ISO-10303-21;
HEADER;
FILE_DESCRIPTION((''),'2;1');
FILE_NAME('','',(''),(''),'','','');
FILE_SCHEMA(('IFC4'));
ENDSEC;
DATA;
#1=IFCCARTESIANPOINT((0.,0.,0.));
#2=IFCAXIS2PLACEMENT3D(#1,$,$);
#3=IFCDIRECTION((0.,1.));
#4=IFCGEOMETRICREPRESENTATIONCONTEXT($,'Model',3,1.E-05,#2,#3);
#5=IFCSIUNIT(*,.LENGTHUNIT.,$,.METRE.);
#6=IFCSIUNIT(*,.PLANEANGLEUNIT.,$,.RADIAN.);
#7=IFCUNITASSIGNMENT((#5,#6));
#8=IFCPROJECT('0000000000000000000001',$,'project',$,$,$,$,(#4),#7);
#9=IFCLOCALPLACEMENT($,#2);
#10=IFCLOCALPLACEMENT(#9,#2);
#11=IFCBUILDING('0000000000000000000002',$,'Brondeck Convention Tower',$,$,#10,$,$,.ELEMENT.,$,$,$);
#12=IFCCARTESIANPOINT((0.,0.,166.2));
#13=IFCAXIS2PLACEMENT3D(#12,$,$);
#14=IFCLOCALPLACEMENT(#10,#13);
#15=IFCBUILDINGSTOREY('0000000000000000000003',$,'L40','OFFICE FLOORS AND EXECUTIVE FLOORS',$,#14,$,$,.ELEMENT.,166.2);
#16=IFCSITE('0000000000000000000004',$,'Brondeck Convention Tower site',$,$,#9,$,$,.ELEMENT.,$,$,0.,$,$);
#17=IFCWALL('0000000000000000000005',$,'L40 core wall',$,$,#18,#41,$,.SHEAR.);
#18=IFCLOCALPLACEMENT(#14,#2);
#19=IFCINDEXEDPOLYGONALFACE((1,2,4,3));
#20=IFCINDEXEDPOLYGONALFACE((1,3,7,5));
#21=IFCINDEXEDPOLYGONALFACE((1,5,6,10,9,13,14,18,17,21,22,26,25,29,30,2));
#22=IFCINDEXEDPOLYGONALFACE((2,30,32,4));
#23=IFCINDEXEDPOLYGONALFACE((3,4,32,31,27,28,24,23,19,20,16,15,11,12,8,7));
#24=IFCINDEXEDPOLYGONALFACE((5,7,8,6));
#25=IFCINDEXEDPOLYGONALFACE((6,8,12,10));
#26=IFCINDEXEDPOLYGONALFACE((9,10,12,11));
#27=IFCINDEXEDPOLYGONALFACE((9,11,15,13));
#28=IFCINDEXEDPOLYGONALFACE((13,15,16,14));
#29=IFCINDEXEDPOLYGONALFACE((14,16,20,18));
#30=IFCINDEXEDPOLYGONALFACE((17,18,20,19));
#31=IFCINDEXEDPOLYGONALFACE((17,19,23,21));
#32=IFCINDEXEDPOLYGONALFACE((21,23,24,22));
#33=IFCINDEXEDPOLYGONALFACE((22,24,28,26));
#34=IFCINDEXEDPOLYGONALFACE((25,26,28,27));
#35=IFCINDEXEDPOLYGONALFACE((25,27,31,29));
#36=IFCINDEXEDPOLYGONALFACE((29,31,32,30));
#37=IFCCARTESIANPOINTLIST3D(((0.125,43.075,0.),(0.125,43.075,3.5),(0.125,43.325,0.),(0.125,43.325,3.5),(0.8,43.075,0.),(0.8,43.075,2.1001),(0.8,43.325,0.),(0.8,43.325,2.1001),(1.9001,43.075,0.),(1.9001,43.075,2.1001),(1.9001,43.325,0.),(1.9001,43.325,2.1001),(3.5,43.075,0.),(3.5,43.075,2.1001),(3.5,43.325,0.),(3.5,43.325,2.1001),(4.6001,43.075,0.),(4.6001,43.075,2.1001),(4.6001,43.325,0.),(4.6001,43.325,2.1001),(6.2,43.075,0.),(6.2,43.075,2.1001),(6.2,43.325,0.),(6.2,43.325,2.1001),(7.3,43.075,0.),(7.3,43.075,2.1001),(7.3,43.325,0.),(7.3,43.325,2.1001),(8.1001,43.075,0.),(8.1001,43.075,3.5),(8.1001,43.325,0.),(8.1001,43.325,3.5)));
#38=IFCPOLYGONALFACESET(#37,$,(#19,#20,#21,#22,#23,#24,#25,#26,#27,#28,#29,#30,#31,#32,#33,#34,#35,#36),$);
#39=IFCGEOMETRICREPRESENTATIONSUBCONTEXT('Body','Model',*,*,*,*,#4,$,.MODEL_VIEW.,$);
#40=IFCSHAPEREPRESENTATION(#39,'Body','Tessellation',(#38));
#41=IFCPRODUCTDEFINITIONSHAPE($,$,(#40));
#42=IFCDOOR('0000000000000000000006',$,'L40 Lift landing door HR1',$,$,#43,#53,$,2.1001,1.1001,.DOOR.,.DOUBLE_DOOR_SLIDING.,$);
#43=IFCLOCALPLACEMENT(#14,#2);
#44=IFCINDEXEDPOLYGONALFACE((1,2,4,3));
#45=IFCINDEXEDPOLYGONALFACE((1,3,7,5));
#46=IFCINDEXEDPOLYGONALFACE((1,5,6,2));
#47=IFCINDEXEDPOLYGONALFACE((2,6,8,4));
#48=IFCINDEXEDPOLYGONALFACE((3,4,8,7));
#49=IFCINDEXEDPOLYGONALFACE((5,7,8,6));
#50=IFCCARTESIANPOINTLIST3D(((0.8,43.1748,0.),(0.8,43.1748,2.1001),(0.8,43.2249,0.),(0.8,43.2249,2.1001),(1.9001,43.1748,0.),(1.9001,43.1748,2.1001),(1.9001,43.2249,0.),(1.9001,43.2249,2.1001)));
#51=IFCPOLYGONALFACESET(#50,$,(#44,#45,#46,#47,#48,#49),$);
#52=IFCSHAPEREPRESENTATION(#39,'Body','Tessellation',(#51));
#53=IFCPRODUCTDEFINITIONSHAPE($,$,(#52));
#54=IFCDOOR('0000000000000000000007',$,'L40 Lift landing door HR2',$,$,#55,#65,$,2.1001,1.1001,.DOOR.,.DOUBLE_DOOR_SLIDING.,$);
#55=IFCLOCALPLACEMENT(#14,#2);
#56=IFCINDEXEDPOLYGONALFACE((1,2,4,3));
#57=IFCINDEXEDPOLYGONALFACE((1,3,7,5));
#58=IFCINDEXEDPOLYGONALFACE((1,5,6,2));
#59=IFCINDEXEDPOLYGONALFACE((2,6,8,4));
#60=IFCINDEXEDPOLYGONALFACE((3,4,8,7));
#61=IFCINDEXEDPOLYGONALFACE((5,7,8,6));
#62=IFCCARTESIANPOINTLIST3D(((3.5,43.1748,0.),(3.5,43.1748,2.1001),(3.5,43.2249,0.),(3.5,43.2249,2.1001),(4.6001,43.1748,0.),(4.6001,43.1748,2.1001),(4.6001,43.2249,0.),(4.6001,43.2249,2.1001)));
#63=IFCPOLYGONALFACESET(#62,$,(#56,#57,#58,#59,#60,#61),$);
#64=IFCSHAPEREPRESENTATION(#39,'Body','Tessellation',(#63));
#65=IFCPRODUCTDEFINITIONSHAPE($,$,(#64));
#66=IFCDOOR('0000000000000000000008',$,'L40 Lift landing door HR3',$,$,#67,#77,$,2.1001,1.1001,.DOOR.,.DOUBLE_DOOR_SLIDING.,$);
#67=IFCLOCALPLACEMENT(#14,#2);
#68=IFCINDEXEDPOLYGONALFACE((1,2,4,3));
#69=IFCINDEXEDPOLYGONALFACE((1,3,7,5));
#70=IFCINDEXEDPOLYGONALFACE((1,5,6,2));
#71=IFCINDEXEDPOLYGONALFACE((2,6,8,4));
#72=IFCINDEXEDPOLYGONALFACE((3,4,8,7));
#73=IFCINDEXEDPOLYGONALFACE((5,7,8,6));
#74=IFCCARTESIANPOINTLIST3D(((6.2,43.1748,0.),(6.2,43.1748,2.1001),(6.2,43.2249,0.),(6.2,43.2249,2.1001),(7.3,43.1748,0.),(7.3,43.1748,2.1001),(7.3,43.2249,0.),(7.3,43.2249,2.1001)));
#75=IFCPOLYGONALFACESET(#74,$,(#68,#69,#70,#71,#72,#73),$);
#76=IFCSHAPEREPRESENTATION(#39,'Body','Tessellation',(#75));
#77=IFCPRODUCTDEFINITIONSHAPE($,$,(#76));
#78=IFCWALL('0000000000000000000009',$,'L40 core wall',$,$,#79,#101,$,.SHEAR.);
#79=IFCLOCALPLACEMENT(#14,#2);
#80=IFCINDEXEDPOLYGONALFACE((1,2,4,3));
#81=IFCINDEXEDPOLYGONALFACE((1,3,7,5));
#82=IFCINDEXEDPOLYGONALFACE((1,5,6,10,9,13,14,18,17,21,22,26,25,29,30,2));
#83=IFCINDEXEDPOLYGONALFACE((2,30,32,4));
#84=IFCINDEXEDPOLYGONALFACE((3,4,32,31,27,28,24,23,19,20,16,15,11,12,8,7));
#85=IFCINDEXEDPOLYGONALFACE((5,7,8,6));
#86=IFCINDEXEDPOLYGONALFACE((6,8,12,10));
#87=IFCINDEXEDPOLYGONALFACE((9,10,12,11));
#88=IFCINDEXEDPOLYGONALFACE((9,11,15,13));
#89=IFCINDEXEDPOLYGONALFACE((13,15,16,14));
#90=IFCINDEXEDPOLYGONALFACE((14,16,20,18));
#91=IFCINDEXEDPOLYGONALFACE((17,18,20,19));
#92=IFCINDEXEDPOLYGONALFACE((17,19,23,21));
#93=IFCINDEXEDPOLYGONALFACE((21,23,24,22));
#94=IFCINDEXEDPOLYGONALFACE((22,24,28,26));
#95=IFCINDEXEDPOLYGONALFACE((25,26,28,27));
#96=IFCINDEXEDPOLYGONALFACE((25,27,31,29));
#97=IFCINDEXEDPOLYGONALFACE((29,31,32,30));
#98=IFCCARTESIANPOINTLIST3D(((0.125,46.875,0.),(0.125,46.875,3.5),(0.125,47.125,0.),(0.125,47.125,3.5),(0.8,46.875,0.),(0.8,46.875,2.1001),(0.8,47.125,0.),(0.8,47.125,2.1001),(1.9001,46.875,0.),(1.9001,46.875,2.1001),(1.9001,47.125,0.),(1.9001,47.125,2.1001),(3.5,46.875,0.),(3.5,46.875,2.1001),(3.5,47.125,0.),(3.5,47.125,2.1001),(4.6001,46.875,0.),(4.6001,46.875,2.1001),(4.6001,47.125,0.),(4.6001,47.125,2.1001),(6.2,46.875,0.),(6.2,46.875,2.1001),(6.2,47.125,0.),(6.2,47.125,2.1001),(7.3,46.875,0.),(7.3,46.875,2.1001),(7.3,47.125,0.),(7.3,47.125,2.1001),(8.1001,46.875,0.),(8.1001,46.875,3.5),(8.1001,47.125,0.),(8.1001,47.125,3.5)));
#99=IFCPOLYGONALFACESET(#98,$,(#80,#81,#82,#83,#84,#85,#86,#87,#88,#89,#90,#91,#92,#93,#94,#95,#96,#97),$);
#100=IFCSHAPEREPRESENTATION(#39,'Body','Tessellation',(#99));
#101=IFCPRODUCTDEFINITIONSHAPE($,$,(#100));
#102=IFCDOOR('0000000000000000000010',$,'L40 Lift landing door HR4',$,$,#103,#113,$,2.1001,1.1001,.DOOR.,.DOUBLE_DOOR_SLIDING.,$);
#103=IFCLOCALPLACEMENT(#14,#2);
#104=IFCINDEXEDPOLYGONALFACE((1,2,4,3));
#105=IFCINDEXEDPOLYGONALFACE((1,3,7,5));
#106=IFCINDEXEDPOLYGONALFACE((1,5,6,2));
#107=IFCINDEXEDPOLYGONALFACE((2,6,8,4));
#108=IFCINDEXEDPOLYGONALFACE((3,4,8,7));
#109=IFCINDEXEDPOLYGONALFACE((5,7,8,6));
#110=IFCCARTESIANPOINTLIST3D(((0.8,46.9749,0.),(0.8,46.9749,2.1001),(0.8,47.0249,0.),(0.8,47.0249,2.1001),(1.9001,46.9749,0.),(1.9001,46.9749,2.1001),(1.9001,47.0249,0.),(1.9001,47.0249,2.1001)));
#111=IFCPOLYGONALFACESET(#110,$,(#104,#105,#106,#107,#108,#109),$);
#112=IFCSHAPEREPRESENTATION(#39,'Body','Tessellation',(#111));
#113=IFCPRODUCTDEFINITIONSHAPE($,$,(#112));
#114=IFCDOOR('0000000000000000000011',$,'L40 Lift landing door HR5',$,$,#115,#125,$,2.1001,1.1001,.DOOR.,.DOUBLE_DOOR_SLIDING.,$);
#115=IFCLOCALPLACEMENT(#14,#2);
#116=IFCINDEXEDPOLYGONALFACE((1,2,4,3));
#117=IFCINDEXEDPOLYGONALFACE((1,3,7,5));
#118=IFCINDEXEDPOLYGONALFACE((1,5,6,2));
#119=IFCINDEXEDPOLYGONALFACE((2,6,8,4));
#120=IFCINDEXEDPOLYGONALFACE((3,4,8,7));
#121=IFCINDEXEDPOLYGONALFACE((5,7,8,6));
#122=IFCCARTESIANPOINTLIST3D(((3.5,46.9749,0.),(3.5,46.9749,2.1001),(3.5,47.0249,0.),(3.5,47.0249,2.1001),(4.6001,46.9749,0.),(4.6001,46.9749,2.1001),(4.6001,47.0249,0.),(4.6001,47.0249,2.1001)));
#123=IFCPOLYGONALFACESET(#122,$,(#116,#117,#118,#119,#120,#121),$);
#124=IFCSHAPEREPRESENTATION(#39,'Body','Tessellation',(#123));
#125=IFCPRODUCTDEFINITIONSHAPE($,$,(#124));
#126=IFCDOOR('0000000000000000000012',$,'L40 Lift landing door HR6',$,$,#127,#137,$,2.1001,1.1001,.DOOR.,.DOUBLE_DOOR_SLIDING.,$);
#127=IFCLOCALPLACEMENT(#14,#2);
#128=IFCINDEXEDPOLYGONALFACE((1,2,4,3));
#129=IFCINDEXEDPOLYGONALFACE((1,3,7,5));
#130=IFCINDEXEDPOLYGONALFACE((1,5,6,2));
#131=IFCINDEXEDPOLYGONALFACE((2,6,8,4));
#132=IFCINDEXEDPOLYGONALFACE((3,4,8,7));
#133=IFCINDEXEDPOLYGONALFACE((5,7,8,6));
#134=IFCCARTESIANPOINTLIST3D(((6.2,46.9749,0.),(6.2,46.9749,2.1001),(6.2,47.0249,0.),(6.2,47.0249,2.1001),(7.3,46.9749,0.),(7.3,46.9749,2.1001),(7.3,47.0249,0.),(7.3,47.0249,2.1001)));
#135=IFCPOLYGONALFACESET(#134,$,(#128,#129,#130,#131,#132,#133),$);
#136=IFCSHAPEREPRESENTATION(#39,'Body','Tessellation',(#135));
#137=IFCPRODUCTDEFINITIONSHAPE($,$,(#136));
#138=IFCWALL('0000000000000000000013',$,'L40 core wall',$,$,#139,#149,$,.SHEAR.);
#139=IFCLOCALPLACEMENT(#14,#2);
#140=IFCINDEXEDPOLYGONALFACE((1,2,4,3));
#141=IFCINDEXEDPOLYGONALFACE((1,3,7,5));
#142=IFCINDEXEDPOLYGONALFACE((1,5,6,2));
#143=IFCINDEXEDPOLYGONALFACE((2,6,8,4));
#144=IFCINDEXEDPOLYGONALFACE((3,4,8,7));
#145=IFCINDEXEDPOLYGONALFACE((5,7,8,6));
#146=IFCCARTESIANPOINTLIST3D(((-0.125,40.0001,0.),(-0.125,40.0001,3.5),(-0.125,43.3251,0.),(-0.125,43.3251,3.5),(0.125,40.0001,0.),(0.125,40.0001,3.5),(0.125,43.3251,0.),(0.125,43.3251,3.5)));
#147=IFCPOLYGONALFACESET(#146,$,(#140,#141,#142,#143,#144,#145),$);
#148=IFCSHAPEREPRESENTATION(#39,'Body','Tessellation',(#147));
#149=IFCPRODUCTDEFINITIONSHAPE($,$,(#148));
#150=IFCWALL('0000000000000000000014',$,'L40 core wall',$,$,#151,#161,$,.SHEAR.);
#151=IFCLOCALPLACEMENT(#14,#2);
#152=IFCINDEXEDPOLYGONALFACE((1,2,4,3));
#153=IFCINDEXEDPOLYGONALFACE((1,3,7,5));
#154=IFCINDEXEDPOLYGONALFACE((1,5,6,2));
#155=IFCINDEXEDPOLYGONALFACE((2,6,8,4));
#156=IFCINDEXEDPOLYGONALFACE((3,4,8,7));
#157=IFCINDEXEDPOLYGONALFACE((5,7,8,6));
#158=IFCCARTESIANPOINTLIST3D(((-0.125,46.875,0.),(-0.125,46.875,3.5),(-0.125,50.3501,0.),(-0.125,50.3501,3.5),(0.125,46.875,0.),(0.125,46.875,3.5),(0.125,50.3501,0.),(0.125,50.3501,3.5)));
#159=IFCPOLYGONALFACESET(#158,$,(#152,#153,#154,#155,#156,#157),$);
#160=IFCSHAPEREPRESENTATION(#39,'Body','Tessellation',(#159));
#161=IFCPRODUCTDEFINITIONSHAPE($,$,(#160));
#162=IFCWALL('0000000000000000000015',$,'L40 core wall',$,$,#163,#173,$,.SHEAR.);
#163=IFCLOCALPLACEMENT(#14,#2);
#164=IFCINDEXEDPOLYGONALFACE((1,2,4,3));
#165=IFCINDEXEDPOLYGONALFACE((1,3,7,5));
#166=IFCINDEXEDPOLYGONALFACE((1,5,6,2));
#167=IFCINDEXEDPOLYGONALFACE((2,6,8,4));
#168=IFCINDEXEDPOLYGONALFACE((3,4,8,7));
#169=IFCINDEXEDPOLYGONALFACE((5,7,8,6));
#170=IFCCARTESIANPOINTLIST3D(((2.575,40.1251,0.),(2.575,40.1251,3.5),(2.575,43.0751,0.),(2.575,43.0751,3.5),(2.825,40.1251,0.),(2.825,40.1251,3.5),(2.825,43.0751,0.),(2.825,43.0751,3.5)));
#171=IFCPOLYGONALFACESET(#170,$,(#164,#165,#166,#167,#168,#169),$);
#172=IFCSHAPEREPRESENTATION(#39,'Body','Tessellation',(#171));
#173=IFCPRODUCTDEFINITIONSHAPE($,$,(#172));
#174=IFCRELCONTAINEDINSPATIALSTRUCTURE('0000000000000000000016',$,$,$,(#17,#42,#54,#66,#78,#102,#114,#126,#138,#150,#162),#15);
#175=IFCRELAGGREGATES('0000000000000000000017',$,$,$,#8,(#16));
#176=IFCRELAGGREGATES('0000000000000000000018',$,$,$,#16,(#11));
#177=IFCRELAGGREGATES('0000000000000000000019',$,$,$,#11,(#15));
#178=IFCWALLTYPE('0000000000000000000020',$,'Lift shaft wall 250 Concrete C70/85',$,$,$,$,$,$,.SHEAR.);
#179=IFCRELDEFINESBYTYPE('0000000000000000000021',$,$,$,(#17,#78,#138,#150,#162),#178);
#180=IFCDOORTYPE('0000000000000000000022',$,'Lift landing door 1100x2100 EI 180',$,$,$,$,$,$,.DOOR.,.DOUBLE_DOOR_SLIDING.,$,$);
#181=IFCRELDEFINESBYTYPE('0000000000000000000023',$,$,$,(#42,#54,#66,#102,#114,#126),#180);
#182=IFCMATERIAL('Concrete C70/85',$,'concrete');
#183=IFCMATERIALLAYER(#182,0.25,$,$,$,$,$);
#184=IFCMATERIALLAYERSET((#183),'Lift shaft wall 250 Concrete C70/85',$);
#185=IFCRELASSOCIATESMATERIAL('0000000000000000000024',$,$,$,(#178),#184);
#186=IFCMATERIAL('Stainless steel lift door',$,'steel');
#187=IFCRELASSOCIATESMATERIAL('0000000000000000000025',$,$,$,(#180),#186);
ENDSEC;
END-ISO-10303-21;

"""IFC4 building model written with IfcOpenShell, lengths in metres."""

from ifc_helpers import new_model, si_unit, direction, frame, frame_2d, origin, place, context, subcontext, project, spatial, rectangle, extrude, material, layer, layer_set, type_object, element, fill, save


model = new_model("IFC4")

# Units and contexts
model_context = context("Model", 3, precision=1e-05, world=origin(), true_north=direction((0.0, 1.0)))
body_context = subcontext(model_context, "Body", "Model", "MODEL_VIEW")
ifc_project = project(units=[si_unit("LENGTHUNIT", "METRE"), si_unit("PLANEANGLEUNIT", "RADIAN")], contexts=[model_context])

# Site, building, storey
site_placement = place(None, origin())
site = spatial("IfcSite", under=ifc_project, at=site_placement, Name="Brondeck Convention Tower site", CompositionType="ELEMENT", RefElevation=0.0)
building_placement = place(site_placement, origin())
building = spatial("IfcBuilding", under=site, at=building_placement, Name="Brondeck Convention Tower", CompositionType="ELEMENT")
storey_placement = place(building_placement, frame((0.0, 0.0, 166.2)))
storey = spatial("IfcBuildingStorey", under=building, at=storey_placement, Name="L40", Description="OFFICE FLOORS AND EXECUTIVE FLOORS", CompositionType="ELEMENT", Elevation=166.2)

# Shared definitions
ifc_material_1 = material(Name="Concrete C70/85", Category="concrete")

# Shared definitions
ifc_layer_1 = layer(ifc_material_1, 0.25)
ifc_layer_set_1 = layer_set([ifc_layer_1], Name="Lift shaft wall 250 Concrete C70/85")
wall_type_1 = type_object("IfcWallType", Name="Lift shaft wall 250 Concrete C70/85", PredefinedType="SHEAR", material=ifc_layer_set_1)

# Walls, openings, doors
wall_1_placement = place(storey_placement, frame((0.125, 43.2, 0.0), z_axis=(0.0, 0.0, 1.0), x_axis=(1.0, 0.0, 0.0)))
wall_1 = element("IfcWall", 1, at=wall_1_placement, inside=storey, type_object=wall_type_1, Name="L40 core wall", PredefinedType="SHEAR", context=body_context, shape_type="SweptSolid", body=[
    extrude(rectangle(XDim=7.9751, YDim=0.25, at=frame_2d((3.9875, 0.0))), origin(), (0.0, 0.0, 1.0), 3.5),
])
opening_1_placement = place(wall_1_placement, frame((0.675, 0.0, 0.0)))
opening_1 = element("IfcOpeningElement", 2, at=opening_1_placement, cuts=wall_1, PredefinedType="OPENING", context=body_context, shape_type="SweptSolid", body=[
    extrude(rectangle(XDim=1.1001, YDim=2.1001, at=frame_2d((0.55, 1.05))), frame((0.0, 0.135, 0.0), z_axis=(0.0, -1.0, 0.0), x_axis=(1.0, 0.0, 0.0)), (0.0, 0.0, 1.0), 0.27),
])
opening_2_placement = place(wall_1_placement, frame((3.375, 0.0, 0.0)))
opening_2 = element("IfcOpeningElement", 3, at=opening_2_placement, cuts=wall_1, PredefinedType="OPENING", context=body_context, shape_type="SweptSolid", body=[
    extrude(rectangle(XDim=1.1001, YDim=2.1001, at=frame_2d((0.55, 1.05))), frame((0.0, 0.135, 0.0), z_axis=(0.0, -1.0, 0.0), x_axis=(1.0, 0.0, 0.0)), (0.0, 0.0, 1.0), 0.27),
])
opening_3_placement = place(wall_1_placement, frame((6.075, 0.0, 0.0)))
opening_3 = element("IfcOpeningElement", 4, at=opening_3_placement, cuts=wall_1, PredefinedType="OPENING", context=body_context, shape_type="SweptSolid", body=[
    extrude(rectangle(XDim=1.1001, YDim=2.1001, at=frame_2d((0.55, 1.05))), frame((0.0, 0.135, 0.0), z_axis=(0.0, -1.0, 0.0), x_axis=(1.0, 0.0, 0.0)), (0.0, 0.0, 1.0), 0.27),
])
ifc_material_2 = material(Name="Stainless steel lift door", Category="steel")
door_type_1 = type_object("IfcDoorType", Name="Lift landing door 1100x2100 EI 180", OperationType="DOUBLE_DOOR_SLIDING", PredefinedType="DOOR", material=ifc_material_2)
door_1_placement = place(opening_1_placement, origin())
door_1 = element("IfcDoor", 5, at=door_1_placement, inside=storey, type_object=door_type_1, Name="L40 Lift landing door HR1", OperationType="DOUBLE_DOOR_SLIDING", OverallHeight=2.1001, OverallWidth=1.1001, PredefinedType="DOOR", context=body_context, shape_type="SweptSolid", body=[
    extrude(rectangle(XDim=1.1001, YDim=2.1001, at=frame_2d((0.55, 1.05))), frame((0.0, 0.0249, 0.0), z_axis=(0.0, -1.0, 0.0), x_axis=(1.0, 0.0, 0.0)), (0.0, 0.0, 1.0), 0.05),
])
fill(opening_1, door_1)
door_2_placement = place(opening_2_placement, origin())
door_2 = element("IfcDoor", 6, at=door_2_placement, inside=storey, type_object=door_type_1, Name="L40 Lift landing door HR2", OperationType="DOUBLE_DOOR_SLIDING", OverallHeight=2.1001, OverallWidth=1.1001, PredefinedType="DOOR", context=body_context, shape_type="SweptSolid", body=[
    extrude(rectangle(XDim=1.1001, YDim=2.1001, at=frame_2d((0.55, 1.05))), frame((0.0, 0.0249, 0.0), z_axis=(0.0, -1.0, 0.0), x_axis=(1.0, 0.0, 0.0)), (0.0, 0.0, 1.0), 0.05),
])
fill(opening_2, door_2)
door_3_placement = place(opening_3_placement, origin())
door_3 = element("IfcDoor", 7, at=door_3_placement, inside=storey, type_object=door_type_1, Name="L40 Lift landing door HR3", OperationType="DOUBLE_DOOR_SLIDING", OverallHeight=2.1001, OverallWidth=1.1001, PredefinedType="DOOR", context=body_context, shape_type="SweptSolid", body=[
    extrude(rectangle(XDim=1.1001, YDim=2.1001, at=frame_2d((0.55, 1.05))), frame((0.0, 0.0249, 0.0), z_axis=(0.0, -1.0, 0.0), x_axis=(1.0, 0.0, 0.0)), (0.0, 0.0, 1.0), 0.05),
])
fill(opening_3, door_3)
wall_2_placement = place(storey_placement, frame((0.125, 47.0, 0.0), z_axis=(0.0, 0.0, 1.0), x_axis=(1.0, 0.0, 0.0)))
wall_2 = element("IfcWall", 8, at=wall_2_placement, inside=storey, type_object=wall_type_1, Name="L40 core wall", PredefinedType="SHEAR", context=body_context, shape_type="SweptSolid", body=[
    extrude(rectangle(XDim=7.9751, YDim=0.25, at=frame_2d((3.9875, 0.0))), origin(), (0.0, 0.0, 1.0), 3.5),
])
opening_4_placement = place(wall_2_placement, frame((0.675, 0.0, 0.0)))
opening_4 = element("IfcOpeningElement", 9, at=opening_4_placement, cuts=wall_2, PredefinedType="OPENING", context=body_context, shape_type="SweptSolid", body=[
    extrude(rectangle(XDim=1.1001, YDim=2.1001, at=frame_2d((0.55, 1.05))), frame((0.0, 0.135, 0.0), z_axis=(0.0, -1.0, 0.0), x_axis=(1.0, 0.0, 0.0)), (0.0, 0.0, 1.0), 0.27),
])
opening_5_placement = place(wall_2_placement, frame((3.375, 0.0, 0.0)))
opening_5 = element("IfcOpeningElement", 10, at=opening_5_placement, cuts=wall_2, PredefinedType="OPENING", context=body_context, shape_type="SweptSolid", body=[
    extrude(rectangle(XDim=1.1001, YDim=2.1001, at=frame_2d((0.55, 1.05))), frame((0.0, 0.135, 0.0), z_axis=(0.0, -1.0, 0.0), x_axis=(1.0, 0.0, 0.0)), (0.0, 0.0, 1.0), 0.27),
])
opening_6_placement = place(wall_2_placement, frame((6.075, 0.0, 0.0)))
opening_6 = element("IfcOpeningElement", 11, at=opening_6_placement, cuts=wall_2, PredefinedType="OPENING", context=body_context, shape_type="SweptSolid", body=[
    extrude(rectangle(XDim=1.1001, YDim=2.1001, at=frame_2d((0.55, 1.05))), frame((0.0, 0.135, 0.0), z_axis=(0.0, -1.0, 0.0), x_axis=(1.0, 0.0, 0.0)), (0.0, 0.0, 1.0), 0.27),
])
door_4_placement = place(opening_4_placement, origin())
door_4 = element("IfcDoor", 12, at=door_4_placement, inside=storey, type_object=door_type_1, Name="L40 Lift landing door HR4", OperationType="DOUBLE_DOOR_SLIDING", OverallHeight=2.1001, OverallWidth=1.1001, PredefinedType="DOOR", context=body_context, shape_type="SweptSolid", body=[
    extrude(rectangle(XDim=1.1001, YDim=2.1001, at=frame_2d((0.55, 1.05))), frame((0.0, 0.0249, 0.0), z_axis=(0.0, -1.0, 0.0), x_axis=(1.0, 0.0, 0.0)), (0.0, 0.0, 1.0), 0.05),
])
fill(opening_4, door_4)
door_5_placement = place(opening_5_placement, origin())
door_5 = element("IfcDoor", 13, at=door_5_placement, inside=storey, type_object=door_type_1, Name="L40 Lift landing door HR5", OperationType="DOUBLE_DOOR_SLIDING", OverallHeight=2.1001, OverallWidth=1.1001, PredefinedType="DOOR", context=body_context, shape_type="SweptSolid", body=[
    extrude(rectangle(XDim=1.1001, YDim=2.1001, at=frame_2d((0.55, 1.05))), frame((0.0, 0.0249, 0.0), z_axis=(0.0, -1.0, 0.0), x_axis=(1.0, 0.0, 0.0)), (0.0, 0.0, 1.0), 0.05),
])
fill(opening_5, door_5)
door_6_placement = place(opening_6_placement, origin())
door_6 = element("IfcDoor", 14, at=door_6_placement, inside=storey, type_object=door_type_1, Name="L40 Lift landing door HR6", OperationType="DOUBLE_DOOR_SLIDING", OverallHeight=2.1001, OverallWidth=1.1001, PredefinedType="DOOR", context=body_context, shape_type="SweptSolid", body=[
    extrude(rectangle(XDim=1.1001, YDim=2.1001, at=frame_2d((0.55, 1.05))), frame((0.0, 0.0249, 0.0), z_axis=(0.0, -1.0, 0.0), x_axis=(1.0, 0.0, 0.0)), (0.0, 0.0, 1.0), 0.05),
])
fill(opening_6, door_6)

# Walls
wall_3_placement = place(storey_placement, frame((0.0, 40.0, 0.0), z_axis=(0.0, 0.0, 1.0), x_axis=(0.0, 1.0, 0.0)))
element("IfcWall", 15, at=wall_3_placement, inside=storey, type_object=wall_type_1, Name="L40 core wall", PredefinedType="SHEAR", context=body_context, shape_type="SweptSolid", body=[
    extrude(rectangle(XDim=3.325, YDim=0.25, at=frame_2d((1.6626, 0.0))), origin(), (0.0, 0.0, 1.0), 3.5),
])
wall_4_placement = place(storey_placement, frame((0.0, 46.875, 0.0), z_axis=(0.0, 0.0, 1.0), x_axis=(0.0, 1.0, 0.0)))
element("IfcWall", 16, at=wall_4_placement, inside=storey, type_object=wall_type_1, Name="L40 core wall", PredefinedType="SHEAR", context=body_context, shape_type="SweptSolid", body=[
    extrude(rectangle(XDim=3.4751, YDim=0.25, at=frame_2d((1.7375, 0.0))), origin(), (0.0, 0.0, 1.0), 3.5),
])
for number, where, z_axis, x_axis, name in (
    (17, (2.7, 40.125, 0.0), (0.0, 0.0, 1.0), (0.0, 1.0, 0.0), "L40 core wall"),
):
    element("IfcWall", number, at=place(storey_placement, frame(where, z_axis=z_axis, x_axis=x_axis)), inside=storey, type_object=wall_type_1, Name=name, PredefinedType="SHEAR", context=body_context, shape_type="SweptSolid", body=[
        extrude(rectangle(XDim=2.95, YDim=0.25, at=frame_2d((1.4751, 0.0))), origin(), (0.0, 0.0, 1.0), 3.5),
    ])

save(model, "model.ifc")
